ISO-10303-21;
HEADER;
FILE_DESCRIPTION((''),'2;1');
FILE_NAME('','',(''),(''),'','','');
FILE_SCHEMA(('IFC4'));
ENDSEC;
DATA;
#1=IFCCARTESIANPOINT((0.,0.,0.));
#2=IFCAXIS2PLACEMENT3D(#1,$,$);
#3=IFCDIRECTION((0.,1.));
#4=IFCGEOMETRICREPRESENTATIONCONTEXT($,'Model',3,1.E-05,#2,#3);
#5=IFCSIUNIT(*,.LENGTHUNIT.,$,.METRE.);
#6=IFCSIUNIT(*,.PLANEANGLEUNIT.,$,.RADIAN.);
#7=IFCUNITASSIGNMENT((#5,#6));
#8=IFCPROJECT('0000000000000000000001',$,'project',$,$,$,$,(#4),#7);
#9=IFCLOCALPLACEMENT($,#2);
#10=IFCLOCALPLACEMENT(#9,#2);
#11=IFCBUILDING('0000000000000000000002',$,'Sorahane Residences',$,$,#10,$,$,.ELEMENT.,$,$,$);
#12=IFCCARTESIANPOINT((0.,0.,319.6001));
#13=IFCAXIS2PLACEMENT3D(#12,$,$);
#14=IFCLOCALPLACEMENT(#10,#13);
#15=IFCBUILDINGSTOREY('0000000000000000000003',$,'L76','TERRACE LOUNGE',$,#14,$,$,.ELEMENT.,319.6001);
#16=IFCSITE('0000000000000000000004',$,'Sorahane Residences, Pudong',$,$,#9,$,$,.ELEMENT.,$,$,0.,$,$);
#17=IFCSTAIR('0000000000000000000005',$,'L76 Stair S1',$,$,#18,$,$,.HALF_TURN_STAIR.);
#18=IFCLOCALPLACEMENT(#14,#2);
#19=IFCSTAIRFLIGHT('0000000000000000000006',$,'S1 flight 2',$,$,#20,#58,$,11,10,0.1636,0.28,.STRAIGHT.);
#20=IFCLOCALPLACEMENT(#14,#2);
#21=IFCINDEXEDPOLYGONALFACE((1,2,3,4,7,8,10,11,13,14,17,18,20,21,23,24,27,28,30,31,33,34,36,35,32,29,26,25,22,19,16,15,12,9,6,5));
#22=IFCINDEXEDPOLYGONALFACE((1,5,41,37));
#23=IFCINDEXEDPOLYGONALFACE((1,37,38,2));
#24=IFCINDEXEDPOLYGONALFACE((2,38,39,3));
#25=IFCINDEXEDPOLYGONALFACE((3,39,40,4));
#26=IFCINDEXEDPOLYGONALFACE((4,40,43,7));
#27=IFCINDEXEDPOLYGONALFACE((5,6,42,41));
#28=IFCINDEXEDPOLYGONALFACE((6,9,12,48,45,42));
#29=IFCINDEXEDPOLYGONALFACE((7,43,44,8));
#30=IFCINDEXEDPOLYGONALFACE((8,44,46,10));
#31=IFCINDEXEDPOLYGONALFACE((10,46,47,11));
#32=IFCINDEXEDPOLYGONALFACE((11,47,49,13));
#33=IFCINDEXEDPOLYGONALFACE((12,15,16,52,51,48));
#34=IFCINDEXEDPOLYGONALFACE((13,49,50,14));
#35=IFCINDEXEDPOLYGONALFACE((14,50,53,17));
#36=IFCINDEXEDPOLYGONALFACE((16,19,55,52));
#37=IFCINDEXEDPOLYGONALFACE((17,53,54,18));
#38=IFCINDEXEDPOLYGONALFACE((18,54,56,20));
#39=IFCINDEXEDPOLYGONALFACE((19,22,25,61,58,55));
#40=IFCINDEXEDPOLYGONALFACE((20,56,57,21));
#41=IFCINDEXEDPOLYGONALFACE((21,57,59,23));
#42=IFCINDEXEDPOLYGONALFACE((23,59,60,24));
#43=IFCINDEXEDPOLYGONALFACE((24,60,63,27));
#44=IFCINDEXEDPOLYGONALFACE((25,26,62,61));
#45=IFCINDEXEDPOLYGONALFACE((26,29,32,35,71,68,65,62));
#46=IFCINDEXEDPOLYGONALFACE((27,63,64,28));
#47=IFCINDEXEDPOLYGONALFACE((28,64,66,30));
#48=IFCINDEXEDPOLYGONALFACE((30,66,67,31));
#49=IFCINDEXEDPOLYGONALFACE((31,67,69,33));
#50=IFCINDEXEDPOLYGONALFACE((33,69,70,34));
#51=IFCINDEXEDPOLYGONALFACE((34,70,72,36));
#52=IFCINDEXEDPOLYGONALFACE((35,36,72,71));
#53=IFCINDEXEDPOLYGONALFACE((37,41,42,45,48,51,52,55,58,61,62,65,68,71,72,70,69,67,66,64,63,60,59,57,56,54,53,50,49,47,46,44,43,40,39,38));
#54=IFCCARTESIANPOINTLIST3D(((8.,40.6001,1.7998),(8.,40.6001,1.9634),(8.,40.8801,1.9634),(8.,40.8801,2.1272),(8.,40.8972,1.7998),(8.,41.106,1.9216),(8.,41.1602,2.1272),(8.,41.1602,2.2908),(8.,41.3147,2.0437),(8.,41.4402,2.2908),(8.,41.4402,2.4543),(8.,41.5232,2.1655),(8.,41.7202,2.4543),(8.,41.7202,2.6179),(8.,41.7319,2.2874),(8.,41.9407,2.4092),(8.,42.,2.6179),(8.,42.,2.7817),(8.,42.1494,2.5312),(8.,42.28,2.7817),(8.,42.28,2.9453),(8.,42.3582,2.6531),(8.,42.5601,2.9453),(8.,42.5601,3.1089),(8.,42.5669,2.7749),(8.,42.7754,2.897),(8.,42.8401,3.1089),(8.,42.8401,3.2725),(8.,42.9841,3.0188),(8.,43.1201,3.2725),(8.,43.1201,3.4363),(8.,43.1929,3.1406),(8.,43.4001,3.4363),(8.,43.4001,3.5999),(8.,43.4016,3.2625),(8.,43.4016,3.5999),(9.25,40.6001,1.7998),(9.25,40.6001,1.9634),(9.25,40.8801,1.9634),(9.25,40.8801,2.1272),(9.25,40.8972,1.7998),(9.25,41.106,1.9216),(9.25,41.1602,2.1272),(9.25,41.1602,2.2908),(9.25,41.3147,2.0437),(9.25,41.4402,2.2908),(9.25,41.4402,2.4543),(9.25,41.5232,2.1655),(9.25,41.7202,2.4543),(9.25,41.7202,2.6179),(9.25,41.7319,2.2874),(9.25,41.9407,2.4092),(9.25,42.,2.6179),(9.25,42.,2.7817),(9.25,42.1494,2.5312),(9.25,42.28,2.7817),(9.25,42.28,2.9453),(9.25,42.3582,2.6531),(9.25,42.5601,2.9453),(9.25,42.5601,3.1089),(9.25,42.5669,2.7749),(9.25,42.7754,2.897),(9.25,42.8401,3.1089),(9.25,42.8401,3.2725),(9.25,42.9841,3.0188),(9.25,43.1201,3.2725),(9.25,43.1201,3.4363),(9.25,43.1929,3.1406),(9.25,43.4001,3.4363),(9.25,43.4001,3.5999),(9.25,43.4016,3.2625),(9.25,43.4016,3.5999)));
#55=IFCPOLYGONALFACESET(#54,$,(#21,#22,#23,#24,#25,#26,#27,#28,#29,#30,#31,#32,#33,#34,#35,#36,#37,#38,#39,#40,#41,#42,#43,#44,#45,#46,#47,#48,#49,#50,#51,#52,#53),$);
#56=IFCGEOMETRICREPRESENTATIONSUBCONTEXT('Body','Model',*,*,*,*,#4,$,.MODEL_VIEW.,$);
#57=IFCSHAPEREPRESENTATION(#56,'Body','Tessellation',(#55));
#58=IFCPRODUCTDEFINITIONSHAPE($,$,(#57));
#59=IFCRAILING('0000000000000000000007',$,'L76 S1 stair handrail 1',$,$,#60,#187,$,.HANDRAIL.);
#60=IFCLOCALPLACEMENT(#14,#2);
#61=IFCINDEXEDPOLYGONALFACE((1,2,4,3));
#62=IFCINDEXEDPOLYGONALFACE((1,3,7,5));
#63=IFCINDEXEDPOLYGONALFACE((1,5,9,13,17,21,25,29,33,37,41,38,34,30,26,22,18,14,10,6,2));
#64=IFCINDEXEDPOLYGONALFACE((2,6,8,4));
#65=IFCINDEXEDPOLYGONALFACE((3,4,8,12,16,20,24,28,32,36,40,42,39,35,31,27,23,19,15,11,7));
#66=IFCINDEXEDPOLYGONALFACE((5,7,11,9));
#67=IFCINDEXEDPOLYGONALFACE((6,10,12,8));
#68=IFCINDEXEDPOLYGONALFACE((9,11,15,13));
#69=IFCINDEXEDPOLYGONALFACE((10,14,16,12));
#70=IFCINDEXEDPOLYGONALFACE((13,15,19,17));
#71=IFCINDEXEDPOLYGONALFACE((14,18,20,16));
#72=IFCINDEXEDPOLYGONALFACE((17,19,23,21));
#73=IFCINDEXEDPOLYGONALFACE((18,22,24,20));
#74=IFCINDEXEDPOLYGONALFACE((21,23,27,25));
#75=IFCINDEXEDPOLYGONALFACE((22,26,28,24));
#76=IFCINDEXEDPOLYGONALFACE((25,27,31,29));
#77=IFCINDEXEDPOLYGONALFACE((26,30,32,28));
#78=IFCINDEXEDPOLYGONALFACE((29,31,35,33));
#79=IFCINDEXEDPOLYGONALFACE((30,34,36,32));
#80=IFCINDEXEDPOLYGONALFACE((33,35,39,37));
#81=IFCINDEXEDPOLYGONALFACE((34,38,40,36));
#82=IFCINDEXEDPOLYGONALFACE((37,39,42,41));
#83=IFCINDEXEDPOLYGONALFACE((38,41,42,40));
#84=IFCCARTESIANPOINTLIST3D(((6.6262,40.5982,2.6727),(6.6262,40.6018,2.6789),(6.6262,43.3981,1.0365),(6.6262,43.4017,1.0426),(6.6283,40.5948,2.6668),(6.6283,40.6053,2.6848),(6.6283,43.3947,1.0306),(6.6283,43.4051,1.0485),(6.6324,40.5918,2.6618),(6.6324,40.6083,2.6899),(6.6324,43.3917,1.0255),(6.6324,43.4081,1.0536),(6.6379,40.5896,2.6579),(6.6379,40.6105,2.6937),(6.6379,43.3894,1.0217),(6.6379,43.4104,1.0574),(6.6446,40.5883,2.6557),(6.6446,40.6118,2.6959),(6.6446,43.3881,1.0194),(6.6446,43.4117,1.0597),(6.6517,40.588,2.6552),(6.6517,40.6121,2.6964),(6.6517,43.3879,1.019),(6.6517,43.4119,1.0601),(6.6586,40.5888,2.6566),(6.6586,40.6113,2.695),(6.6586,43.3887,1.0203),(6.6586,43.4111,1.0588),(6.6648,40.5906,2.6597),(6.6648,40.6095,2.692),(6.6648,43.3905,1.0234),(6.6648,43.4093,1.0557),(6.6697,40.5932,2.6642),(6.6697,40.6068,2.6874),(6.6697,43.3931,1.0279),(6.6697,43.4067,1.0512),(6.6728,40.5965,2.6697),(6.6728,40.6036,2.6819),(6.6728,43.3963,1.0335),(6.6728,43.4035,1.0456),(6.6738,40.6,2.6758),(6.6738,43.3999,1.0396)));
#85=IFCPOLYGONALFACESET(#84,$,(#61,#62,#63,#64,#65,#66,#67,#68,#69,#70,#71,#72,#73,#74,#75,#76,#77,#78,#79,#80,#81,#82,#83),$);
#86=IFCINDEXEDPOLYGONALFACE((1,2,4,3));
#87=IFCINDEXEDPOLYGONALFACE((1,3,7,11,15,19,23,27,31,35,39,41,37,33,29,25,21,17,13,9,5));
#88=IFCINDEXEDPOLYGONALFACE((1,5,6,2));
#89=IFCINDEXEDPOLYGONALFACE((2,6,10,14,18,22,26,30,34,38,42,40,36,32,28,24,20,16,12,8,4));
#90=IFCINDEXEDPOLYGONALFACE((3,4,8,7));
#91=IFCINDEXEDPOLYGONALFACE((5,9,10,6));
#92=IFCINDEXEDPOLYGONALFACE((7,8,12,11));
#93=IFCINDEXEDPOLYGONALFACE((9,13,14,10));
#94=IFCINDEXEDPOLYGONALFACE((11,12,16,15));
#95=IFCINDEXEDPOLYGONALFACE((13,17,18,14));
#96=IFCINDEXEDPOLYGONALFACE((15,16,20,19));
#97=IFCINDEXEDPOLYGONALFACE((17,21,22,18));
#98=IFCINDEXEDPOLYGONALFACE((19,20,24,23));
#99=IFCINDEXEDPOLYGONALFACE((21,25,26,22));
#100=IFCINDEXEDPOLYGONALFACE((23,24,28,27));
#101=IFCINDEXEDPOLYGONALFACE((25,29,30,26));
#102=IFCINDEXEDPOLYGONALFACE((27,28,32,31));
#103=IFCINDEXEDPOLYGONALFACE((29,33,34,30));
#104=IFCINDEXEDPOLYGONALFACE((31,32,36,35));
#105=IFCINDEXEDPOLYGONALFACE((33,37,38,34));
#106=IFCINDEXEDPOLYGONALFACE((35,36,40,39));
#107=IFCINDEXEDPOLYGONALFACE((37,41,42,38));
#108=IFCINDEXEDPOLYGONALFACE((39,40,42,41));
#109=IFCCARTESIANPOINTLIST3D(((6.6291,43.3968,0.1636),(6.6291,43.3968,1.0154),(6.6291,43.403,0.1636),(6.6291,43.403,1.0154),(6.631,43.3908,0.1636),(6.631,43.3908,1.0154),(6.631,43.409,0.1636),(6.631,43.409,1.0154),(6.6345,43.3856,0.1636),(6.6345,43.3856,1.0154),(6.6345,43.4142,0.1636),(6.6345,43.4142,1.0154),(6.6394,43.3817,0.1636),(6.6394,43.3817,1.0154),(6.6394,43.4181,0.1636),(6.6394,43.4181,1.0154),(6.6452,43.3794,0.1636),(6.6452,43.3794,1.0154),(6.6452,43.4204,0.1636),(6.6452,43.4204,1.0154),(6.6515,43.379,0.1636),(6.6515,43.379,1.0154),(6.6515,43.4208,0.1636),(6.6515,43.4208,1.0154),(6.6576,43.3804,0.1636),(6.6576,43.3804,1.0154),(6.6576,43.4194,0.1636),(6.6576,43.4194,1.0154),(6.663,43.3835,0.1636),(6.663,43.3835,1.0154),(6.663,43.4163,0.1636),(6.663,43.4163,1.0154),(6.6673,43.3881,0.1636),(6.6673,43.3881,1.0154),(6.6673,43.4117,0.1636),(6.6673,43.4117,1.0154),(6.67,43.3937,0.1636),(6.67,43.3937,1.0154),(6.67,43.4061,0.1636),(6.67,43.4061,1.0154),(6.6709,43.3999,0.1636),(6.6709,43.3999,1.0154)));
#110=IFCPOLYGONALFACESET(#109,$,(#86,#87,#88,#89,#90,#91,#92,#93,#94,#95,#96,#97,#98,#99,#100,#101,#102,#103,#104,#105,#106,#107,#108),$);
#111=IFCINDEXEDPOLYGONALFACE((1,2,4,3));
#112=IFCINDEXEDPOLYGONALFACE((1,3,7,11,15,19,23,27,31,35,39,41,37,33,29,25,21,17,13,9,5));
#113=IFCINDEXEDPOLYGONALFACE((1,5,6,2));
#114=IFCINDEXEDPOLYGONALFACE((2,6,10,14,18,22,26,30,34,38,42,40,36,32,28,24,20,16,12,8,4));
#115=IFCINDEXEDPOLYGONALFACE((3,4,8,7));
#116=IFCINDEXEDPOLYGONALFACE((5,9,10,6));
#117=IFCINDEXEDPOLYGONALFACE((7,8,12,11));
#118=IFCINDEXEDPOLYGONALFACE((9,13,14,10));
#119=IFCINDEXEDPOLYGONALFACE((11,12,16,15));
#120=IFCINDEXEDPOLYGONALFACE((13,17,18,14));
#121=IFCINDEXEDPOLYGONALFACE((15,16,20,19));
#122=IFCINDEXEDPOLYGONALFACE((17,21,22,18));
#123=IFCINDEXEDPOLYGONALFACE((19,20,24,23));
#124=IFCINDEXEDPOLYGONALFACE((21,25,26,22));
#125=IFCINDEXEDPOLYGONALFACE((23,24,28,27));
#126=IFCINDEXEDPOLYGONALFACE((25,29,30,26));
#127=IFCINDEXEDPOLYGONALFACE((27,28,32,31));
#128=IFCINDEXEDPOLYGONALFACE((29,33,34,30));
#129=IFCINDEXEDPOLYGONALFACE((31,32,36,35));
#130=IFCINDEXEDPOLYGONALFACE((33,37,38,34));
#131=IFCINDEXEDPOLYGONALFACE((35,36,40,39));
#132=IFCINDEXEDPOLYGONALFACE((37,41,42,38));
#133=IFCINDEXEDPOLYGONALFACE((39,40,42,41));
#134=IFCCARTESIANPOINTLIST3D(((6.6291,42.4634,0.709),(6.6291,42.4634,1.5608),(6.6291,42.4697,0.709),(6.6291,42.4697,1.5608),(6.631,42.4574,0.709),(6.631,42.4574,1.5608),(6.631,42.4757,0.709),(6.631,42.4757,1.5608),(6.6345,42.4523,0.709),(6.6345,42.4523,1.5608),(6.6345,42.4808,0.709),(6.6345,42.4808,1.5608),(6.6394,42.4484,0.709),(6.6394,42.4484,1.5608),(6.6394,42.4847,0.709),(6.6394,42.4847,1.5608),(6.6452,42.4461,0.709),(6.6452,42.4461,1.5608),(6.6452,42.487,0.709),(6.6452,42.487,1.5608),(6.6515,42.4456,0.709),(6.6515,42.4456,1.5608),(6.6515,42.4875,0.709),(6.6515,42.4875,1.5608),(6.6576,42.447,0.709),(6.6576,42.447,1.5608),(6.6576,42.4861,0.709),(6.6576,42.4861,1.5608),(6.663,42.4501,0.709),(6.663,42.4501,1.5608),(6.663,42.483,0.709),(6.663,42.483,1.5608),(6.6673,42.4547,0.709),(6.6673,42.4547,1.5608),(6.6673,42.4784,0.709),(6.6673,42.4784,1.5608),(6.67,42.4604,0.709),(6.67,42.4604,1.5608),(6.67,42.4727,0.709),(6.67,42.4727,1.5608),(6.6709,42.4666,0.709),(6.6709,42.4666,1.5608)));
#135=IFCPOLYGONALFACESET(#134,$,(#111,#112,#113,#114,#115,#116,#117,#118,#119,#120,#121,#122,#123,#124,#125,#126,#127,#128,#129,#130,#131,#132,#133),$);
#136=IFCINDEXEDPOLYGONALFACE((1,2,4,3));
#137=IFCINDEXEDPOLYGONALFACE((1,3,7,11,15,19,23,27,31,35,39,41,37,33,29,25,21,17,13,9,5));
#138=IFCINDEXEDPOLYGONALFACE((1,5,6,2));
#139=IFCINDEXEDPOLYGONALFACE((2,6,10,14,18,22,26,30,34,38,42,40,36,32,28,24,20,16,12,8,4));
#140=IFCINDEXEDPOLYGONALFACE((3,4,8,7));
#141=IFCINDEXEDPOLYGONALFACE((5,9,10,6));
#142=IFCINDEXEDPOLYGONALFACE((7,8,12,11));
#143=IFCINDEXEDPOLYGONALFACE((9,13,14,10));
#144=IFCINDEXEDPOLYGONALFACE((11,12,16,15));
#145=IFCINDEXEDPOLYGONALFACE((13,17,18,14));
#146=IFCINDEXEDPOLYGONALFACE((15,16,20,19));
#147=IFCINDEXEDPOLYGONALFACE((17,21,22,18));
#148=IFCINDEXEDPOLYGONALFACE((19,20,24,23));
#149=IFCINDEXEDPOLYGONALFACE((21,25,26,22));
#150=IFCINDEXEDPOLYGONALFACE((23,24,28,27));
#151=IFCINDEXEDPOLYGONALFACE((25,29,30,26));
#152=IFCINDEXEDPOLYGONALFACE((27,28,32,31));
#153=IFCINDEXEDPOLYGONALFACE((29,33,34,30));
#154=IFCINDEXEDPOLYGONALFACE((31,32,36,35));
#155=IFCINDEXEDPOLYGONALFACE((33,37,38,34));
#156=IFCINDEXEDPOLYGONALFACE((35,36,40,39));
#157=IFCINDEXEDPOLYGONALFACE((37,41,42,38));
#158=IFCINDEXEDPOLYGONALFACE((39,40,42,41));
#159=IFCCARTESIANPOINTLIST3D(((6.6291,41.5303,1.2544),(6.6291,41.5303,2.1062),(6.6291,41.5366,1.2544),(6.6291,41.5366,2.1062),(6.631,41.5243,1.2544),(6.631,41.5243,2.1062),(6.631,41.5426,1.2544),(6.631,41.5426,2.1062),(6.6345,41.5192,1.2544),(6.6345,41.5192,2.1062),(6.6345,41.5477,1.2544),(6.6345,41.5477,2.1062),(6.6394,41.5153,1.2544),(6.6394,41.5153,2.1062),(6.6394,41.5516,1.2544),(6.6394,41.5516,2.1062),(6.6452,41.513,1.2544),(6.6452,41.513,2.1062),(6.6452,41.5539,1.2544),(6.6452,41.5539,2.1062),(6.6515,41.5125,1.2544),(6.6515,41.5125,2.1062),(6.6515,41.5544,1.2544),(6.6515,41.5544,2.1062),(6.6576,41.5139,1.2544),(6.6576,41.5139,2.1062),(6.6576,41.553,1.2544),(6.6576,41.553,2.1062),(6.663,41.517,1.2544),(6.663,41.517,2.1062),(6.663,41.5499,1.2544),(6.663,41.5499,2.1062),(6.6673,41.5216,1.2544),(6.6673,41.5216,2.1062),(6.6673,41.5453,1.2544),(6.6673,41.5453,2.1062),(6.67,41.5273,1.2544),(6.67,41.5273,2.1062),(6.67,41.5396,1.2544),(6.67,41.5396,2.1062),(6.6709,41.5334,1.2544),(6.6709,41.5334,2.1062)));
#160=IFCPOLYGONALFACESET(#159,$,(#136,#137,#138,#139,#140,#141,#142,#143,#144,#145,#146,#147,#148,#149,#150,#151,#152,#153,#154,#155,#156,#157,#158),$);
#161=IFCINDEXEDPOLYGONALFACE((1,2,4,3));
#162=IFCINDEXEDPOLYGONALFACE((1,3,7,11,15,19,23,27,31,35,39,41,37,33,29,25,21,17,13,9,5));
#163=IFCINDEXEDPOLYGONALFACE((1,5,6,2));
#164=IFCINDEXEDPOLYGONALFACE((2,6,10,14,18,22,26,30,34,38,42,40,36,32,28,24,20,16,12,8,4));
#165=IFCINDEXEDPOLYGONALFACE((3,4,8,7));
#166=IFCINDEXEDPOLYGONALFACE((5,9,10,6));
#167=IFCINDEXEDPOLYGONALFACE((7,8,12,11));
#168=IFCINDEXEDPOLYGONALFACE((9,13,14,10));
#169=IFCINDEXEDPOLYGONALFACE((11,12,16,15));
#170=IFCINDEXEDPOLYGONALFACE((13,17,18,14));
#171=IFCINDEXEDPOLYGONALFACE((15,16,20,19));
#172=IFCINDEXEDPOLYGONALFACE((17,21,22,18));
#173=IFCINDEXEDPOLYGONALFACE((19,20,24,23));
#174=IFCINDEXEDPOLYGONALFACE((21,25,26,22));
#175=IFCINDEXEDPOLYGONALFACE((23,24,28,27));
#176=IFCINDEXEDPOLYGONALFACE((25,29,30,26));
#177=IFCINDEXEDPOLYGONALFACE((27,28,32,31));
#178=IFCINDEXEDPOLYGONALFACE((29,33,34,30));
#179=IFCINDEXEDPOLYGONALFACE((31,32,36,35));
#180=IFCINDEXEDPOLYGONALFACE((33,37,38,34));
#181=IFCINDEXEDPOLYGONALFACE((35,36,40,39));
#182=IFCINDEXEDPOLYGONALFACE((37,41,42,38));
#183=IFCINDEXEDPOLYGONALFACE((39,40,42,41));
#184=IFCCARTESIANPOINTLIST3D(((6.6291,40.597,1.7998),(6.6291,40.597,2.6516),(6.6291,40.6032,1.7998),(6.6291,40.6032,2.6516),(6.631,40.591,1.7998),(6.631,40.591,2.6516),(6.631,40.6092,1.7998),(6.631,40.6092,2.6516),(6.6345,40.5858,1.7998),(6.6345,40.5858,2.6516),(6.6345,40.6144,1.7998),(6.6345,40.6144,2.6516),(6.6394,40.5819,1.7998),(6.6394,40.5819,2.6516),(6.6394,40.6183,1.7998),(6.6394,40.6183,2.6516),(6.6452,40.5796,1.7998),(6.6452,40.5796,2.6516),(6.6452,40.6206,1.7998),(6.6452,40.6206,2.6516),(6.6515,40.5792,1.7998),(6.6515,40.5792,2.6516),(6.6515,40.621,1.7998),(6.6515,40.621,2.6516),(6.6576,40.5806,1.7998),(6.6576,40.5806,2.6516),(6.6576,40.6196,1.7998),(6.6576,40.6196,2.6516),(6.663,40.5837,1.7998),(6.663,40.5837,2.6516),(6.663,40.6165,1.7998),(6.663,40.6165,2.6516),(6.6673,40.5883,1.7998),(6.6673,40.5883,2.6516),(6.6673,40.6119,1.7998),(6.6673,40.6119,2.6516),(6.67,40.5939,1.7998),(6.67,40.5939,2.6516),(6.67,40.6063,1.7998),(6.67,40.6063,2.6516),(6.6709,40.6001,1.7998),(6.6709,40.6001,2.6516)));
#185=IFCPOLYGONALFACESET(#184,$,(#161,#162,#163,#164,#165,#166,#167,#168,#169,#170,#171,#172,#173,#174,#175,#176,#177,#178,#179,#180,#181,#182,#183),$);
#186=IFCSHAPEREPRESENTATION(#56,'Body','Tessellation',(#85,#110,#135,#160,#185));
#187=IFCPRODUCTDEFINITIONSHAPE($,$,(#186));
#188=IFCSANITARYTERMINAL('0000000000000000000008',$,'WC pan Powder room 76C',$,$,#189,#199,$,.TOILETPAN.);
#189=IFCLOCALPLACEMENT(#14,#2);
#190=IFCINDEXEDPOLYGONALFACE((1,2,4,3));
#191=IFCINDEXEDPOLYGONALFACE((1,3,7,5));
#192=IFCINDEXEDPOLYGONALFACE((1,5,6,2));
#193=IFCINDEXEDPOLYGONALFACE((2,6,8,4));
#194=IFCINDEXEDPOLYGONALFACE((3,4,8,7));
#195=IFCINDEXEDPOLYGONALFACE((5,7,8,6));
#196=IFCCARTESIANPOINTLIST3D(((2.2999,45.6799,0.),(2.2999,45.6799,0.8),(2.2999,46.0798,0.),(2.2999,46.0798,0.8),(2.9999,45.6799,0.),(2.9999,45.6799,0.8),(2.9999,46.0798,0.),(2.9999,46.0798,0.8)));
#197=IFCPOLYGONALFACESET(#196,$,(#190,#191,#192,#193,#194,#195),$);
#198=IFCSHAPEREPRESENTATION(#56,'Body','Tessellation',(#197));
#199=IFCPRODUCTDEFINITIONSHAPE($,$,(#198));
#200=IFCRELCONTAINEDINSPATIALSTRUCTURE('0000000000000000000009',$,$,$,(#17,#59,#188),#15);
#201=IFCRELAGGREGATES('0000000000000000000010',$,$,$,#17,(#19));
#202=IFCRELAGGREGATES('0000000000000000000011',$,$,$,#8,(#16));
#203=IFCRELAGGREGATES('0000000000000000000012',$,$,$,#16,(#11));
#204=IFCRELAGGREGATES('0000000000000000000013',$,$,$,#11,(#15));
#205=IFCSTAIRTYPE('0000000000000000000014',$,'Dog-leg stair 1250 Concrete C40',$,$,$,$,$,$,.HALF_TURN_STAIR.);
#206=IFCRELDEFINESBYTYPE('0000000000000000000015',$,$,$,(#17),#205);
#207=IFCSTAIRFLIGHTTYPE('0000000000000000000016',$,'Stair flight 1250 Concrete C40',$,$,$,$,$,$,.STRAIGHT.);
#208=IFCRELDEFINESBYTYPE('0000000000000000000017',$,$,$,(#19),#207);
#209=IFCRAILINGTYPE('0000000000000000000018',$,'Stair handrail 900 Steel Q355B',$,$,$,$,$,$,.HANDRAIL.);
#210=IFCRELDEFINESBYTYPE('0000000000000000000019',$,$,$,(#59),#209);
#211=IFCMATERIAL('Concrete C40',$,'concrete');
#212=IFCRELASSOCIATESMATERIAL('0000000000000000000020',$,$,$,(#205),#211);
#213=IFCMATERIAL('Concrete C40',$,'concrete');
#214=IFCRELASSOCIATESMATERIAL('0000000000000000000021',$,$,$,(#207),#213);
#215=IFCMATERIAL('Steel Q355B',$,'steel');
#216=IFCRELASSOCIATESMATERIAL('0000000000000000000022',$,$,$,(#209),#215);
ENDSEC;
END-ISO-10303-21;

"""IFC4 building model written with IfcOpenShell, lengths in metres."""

from ifc_helpers import new_model, si_unit, direction, frame, origin, origin_2d, place, context, subcontext, project, spatial, polyline, rectangle, circle, outline, extrude, material, type_object, element, aggregate, save


model = new_model("IFC4")

# Units and contexts
model_context = context("Model", 3, precision=1e-05, world=origin(), true_north=direction((0.0, 1.0)))
body_context = subcontext(model_context, "Body", "Model", "MODEL_VIEW")
ifc_project = project(units=[si_unit("LENGTHUNIT", "METRE"), si_unit("PLANEANGLEUNIT", "RADIAN")], contexts=[model_context])

# Site, building, storey
site_placement = place(None, origin())
site = spatial("IfcSite", under=ifc_project, at=site_placement, Name="Sorahane Residences, Pudong", CompositionType="ELEMENT", RefElevation=0.0)
building_placement = place(site_placement, origin())
building = spatial("IfcBuilding", under=site, at=building_placement, Name="Sorahane Residences", CompositionType="ELEMENT")
storey_placement = place(building_placement, frame((0.0, 0.0, 319.6001)))
storey = spatial("IfcBuildingStorey", under=building, at=storey_placement, Name="L76", Description="TERRACE LOUNGE", CompositionType="ELEMENT", Elevation=319.6001)

# Stair, stair flight
ifc_material_1 = material(Name="Concrete C40", Category="concrete")
stair_type = type_object("IfcStairType", Name="Dog-leg stair 1250 Concrete C40", PredefinedType="HALF_TURN_STAIR", material=ifc_material_1)
stair_placement = place(storey_placement, origin())
stair = element("IfcStair", 1, at=stair_placement, inside=storey, type_object=stair_type, Name="L76 Stair S1", PredefinedType="HALF_TURN_STAIR")
ifc_material_2 = material(Name="Concrete C40", Category="concrete")
stair_flight_type = type_object("IfcStairFlightType", Name="Stair flight 1250 Concrete C40", PredefinedType="STRAIGHT", material=ifc_material_2)
stair_flight_1_placement = place(storey_placement, frame((8.625, 40.6001, 1.7998), z_axis=(0.0, 0.0, 1.0), x_axis=(0.0, 1.0, 0.0)))
stair_flight_1 = element("IfcStairFlight", 2, at=stair_flight_1_placement, type_object=stair_flight_type, Name="S1 flight 2", NumberOfRisers=11, NumberOfTreads=10, PredefinedType="STRAIGHT", RiserHeight=0.1636, TreadLength=0.28, context=body_context, shape_type="SweptSolid", body=[
    extrude(outline(polyline([(0.0, 0.0), (0.0, 0.1636), (0.28, 0.1636), (0.28, 0.3274), (0.5601, 0.3274), (0.5601, 0.491), (0.8401, 0.491), (0.8401, 0.6545), (1.1201, 0.6545), (1.1201, 0.8181), (1.3999, 0.8181), (1.3999, 0.9819), (1.6799, 0.9819), (1.6799, 1.1455), (1.96, 1.1455), (1.96, 1.3091), (2.24, 1.3091), (2.24, 1.4727), (2.52, 1.4727), (2.52, 1.6365), (2.8, 1.6365), (2.8, 1.8), (2.8015, 1.8), (2.8015, 1.4626), (2.5928, 1.3408), (2.384, 1.219), (2.1753, 1.0972), (1.9668, 0.9751), (1.7581, 0.8533), (1.5493, 0.7314), (1.3406, 0.6094), (1.1318, 0.4875), (0.9231, 0.3657), (0.7146, 0.2439), (0.5059, 0.1218), (0.2971, 0.0), (0.0, 0.0)])), frame((0.0, 0.625, 0.0), z_axis=(0.0, -1.0, 0.0), x_axis=(1.0, 0.0, 0.0)), (0.0, 0.0, 1.0), 1.25),
])
aggregate(stair, [stair_flight_1])

# Railing
ifc_material_3 = material(Name="Steel Q355B", Category="steel")
railing_type_1 = type_object("IfcRailingType", Name="Stair handrail 900 Steel Q355B", PredefinedType="HANDRAIL", material=ifc_material_3)
railing_1_placement = place(storey_placement, frame((6.6499, 43.3999, 0.1636)))
element("IfcRailing", 3, at=railing_1_placement, inside=storey, type_object=railing_type_1, Name="L76 S1 stair handrail 1", PredefinedType="HANDRAIL", context=body_context, shape_type="SweptSolid", body=[
    extrude(circle(Radius=0.0239, at=origin_2d()), frame((0.0, 0.0, 0.876), z_axis=(0.0, -0.863374, 0.504564), x_axis=(1.0, 0.0, 0.0)), (0.0, 0.0, 1.0), 3.2429),
    extrude(circle(Radius=0.021, at=origin_2d()), origin(), (0.0, 0.0, 1.0), 0.8518),
    extrude(circle(Radius=0.021, at=origin_2d()), frame((0.0, -0.9333, 0.5454)), (0.0, 0.0, 1.0), 0.8518),
    extrude(circle(Radius=0.021, at=origin_2d()), frame((0.0, -1.8665, 1.0908)), (0.0, 0.0, 1.0), 0.8518),
    extrude(circle(Radius=0.021, at=origin_2d()), frame((0.0, -2.7998, 1.6362)), (0.0, 0.0, 1.0), 0.8518),
])

# Sanitary terminal
sanitary_terminal_1_placement = place(storey_placement, frame((2.6499, 45.8799, 0.0), z_axis=(0.0, 0.0, 1.0), x_axis=(0.0, -1.0, 0.0)))
element("IfcSanitaryTerminal", 4, at=sanitary_terminal_1_placement, inside=storey, Name="WC pan Powder room 76C", PredefinedType="TOILETPAN", context=body_context, shape_type="SweptSolid", body=[
    extrude(rectangle(XDim=0.3999, YDim=0.7, at=origin_2d()), origin(), (0.0, 0.0, 1.0), 0.8),
])

save(model, "model.ifc")
